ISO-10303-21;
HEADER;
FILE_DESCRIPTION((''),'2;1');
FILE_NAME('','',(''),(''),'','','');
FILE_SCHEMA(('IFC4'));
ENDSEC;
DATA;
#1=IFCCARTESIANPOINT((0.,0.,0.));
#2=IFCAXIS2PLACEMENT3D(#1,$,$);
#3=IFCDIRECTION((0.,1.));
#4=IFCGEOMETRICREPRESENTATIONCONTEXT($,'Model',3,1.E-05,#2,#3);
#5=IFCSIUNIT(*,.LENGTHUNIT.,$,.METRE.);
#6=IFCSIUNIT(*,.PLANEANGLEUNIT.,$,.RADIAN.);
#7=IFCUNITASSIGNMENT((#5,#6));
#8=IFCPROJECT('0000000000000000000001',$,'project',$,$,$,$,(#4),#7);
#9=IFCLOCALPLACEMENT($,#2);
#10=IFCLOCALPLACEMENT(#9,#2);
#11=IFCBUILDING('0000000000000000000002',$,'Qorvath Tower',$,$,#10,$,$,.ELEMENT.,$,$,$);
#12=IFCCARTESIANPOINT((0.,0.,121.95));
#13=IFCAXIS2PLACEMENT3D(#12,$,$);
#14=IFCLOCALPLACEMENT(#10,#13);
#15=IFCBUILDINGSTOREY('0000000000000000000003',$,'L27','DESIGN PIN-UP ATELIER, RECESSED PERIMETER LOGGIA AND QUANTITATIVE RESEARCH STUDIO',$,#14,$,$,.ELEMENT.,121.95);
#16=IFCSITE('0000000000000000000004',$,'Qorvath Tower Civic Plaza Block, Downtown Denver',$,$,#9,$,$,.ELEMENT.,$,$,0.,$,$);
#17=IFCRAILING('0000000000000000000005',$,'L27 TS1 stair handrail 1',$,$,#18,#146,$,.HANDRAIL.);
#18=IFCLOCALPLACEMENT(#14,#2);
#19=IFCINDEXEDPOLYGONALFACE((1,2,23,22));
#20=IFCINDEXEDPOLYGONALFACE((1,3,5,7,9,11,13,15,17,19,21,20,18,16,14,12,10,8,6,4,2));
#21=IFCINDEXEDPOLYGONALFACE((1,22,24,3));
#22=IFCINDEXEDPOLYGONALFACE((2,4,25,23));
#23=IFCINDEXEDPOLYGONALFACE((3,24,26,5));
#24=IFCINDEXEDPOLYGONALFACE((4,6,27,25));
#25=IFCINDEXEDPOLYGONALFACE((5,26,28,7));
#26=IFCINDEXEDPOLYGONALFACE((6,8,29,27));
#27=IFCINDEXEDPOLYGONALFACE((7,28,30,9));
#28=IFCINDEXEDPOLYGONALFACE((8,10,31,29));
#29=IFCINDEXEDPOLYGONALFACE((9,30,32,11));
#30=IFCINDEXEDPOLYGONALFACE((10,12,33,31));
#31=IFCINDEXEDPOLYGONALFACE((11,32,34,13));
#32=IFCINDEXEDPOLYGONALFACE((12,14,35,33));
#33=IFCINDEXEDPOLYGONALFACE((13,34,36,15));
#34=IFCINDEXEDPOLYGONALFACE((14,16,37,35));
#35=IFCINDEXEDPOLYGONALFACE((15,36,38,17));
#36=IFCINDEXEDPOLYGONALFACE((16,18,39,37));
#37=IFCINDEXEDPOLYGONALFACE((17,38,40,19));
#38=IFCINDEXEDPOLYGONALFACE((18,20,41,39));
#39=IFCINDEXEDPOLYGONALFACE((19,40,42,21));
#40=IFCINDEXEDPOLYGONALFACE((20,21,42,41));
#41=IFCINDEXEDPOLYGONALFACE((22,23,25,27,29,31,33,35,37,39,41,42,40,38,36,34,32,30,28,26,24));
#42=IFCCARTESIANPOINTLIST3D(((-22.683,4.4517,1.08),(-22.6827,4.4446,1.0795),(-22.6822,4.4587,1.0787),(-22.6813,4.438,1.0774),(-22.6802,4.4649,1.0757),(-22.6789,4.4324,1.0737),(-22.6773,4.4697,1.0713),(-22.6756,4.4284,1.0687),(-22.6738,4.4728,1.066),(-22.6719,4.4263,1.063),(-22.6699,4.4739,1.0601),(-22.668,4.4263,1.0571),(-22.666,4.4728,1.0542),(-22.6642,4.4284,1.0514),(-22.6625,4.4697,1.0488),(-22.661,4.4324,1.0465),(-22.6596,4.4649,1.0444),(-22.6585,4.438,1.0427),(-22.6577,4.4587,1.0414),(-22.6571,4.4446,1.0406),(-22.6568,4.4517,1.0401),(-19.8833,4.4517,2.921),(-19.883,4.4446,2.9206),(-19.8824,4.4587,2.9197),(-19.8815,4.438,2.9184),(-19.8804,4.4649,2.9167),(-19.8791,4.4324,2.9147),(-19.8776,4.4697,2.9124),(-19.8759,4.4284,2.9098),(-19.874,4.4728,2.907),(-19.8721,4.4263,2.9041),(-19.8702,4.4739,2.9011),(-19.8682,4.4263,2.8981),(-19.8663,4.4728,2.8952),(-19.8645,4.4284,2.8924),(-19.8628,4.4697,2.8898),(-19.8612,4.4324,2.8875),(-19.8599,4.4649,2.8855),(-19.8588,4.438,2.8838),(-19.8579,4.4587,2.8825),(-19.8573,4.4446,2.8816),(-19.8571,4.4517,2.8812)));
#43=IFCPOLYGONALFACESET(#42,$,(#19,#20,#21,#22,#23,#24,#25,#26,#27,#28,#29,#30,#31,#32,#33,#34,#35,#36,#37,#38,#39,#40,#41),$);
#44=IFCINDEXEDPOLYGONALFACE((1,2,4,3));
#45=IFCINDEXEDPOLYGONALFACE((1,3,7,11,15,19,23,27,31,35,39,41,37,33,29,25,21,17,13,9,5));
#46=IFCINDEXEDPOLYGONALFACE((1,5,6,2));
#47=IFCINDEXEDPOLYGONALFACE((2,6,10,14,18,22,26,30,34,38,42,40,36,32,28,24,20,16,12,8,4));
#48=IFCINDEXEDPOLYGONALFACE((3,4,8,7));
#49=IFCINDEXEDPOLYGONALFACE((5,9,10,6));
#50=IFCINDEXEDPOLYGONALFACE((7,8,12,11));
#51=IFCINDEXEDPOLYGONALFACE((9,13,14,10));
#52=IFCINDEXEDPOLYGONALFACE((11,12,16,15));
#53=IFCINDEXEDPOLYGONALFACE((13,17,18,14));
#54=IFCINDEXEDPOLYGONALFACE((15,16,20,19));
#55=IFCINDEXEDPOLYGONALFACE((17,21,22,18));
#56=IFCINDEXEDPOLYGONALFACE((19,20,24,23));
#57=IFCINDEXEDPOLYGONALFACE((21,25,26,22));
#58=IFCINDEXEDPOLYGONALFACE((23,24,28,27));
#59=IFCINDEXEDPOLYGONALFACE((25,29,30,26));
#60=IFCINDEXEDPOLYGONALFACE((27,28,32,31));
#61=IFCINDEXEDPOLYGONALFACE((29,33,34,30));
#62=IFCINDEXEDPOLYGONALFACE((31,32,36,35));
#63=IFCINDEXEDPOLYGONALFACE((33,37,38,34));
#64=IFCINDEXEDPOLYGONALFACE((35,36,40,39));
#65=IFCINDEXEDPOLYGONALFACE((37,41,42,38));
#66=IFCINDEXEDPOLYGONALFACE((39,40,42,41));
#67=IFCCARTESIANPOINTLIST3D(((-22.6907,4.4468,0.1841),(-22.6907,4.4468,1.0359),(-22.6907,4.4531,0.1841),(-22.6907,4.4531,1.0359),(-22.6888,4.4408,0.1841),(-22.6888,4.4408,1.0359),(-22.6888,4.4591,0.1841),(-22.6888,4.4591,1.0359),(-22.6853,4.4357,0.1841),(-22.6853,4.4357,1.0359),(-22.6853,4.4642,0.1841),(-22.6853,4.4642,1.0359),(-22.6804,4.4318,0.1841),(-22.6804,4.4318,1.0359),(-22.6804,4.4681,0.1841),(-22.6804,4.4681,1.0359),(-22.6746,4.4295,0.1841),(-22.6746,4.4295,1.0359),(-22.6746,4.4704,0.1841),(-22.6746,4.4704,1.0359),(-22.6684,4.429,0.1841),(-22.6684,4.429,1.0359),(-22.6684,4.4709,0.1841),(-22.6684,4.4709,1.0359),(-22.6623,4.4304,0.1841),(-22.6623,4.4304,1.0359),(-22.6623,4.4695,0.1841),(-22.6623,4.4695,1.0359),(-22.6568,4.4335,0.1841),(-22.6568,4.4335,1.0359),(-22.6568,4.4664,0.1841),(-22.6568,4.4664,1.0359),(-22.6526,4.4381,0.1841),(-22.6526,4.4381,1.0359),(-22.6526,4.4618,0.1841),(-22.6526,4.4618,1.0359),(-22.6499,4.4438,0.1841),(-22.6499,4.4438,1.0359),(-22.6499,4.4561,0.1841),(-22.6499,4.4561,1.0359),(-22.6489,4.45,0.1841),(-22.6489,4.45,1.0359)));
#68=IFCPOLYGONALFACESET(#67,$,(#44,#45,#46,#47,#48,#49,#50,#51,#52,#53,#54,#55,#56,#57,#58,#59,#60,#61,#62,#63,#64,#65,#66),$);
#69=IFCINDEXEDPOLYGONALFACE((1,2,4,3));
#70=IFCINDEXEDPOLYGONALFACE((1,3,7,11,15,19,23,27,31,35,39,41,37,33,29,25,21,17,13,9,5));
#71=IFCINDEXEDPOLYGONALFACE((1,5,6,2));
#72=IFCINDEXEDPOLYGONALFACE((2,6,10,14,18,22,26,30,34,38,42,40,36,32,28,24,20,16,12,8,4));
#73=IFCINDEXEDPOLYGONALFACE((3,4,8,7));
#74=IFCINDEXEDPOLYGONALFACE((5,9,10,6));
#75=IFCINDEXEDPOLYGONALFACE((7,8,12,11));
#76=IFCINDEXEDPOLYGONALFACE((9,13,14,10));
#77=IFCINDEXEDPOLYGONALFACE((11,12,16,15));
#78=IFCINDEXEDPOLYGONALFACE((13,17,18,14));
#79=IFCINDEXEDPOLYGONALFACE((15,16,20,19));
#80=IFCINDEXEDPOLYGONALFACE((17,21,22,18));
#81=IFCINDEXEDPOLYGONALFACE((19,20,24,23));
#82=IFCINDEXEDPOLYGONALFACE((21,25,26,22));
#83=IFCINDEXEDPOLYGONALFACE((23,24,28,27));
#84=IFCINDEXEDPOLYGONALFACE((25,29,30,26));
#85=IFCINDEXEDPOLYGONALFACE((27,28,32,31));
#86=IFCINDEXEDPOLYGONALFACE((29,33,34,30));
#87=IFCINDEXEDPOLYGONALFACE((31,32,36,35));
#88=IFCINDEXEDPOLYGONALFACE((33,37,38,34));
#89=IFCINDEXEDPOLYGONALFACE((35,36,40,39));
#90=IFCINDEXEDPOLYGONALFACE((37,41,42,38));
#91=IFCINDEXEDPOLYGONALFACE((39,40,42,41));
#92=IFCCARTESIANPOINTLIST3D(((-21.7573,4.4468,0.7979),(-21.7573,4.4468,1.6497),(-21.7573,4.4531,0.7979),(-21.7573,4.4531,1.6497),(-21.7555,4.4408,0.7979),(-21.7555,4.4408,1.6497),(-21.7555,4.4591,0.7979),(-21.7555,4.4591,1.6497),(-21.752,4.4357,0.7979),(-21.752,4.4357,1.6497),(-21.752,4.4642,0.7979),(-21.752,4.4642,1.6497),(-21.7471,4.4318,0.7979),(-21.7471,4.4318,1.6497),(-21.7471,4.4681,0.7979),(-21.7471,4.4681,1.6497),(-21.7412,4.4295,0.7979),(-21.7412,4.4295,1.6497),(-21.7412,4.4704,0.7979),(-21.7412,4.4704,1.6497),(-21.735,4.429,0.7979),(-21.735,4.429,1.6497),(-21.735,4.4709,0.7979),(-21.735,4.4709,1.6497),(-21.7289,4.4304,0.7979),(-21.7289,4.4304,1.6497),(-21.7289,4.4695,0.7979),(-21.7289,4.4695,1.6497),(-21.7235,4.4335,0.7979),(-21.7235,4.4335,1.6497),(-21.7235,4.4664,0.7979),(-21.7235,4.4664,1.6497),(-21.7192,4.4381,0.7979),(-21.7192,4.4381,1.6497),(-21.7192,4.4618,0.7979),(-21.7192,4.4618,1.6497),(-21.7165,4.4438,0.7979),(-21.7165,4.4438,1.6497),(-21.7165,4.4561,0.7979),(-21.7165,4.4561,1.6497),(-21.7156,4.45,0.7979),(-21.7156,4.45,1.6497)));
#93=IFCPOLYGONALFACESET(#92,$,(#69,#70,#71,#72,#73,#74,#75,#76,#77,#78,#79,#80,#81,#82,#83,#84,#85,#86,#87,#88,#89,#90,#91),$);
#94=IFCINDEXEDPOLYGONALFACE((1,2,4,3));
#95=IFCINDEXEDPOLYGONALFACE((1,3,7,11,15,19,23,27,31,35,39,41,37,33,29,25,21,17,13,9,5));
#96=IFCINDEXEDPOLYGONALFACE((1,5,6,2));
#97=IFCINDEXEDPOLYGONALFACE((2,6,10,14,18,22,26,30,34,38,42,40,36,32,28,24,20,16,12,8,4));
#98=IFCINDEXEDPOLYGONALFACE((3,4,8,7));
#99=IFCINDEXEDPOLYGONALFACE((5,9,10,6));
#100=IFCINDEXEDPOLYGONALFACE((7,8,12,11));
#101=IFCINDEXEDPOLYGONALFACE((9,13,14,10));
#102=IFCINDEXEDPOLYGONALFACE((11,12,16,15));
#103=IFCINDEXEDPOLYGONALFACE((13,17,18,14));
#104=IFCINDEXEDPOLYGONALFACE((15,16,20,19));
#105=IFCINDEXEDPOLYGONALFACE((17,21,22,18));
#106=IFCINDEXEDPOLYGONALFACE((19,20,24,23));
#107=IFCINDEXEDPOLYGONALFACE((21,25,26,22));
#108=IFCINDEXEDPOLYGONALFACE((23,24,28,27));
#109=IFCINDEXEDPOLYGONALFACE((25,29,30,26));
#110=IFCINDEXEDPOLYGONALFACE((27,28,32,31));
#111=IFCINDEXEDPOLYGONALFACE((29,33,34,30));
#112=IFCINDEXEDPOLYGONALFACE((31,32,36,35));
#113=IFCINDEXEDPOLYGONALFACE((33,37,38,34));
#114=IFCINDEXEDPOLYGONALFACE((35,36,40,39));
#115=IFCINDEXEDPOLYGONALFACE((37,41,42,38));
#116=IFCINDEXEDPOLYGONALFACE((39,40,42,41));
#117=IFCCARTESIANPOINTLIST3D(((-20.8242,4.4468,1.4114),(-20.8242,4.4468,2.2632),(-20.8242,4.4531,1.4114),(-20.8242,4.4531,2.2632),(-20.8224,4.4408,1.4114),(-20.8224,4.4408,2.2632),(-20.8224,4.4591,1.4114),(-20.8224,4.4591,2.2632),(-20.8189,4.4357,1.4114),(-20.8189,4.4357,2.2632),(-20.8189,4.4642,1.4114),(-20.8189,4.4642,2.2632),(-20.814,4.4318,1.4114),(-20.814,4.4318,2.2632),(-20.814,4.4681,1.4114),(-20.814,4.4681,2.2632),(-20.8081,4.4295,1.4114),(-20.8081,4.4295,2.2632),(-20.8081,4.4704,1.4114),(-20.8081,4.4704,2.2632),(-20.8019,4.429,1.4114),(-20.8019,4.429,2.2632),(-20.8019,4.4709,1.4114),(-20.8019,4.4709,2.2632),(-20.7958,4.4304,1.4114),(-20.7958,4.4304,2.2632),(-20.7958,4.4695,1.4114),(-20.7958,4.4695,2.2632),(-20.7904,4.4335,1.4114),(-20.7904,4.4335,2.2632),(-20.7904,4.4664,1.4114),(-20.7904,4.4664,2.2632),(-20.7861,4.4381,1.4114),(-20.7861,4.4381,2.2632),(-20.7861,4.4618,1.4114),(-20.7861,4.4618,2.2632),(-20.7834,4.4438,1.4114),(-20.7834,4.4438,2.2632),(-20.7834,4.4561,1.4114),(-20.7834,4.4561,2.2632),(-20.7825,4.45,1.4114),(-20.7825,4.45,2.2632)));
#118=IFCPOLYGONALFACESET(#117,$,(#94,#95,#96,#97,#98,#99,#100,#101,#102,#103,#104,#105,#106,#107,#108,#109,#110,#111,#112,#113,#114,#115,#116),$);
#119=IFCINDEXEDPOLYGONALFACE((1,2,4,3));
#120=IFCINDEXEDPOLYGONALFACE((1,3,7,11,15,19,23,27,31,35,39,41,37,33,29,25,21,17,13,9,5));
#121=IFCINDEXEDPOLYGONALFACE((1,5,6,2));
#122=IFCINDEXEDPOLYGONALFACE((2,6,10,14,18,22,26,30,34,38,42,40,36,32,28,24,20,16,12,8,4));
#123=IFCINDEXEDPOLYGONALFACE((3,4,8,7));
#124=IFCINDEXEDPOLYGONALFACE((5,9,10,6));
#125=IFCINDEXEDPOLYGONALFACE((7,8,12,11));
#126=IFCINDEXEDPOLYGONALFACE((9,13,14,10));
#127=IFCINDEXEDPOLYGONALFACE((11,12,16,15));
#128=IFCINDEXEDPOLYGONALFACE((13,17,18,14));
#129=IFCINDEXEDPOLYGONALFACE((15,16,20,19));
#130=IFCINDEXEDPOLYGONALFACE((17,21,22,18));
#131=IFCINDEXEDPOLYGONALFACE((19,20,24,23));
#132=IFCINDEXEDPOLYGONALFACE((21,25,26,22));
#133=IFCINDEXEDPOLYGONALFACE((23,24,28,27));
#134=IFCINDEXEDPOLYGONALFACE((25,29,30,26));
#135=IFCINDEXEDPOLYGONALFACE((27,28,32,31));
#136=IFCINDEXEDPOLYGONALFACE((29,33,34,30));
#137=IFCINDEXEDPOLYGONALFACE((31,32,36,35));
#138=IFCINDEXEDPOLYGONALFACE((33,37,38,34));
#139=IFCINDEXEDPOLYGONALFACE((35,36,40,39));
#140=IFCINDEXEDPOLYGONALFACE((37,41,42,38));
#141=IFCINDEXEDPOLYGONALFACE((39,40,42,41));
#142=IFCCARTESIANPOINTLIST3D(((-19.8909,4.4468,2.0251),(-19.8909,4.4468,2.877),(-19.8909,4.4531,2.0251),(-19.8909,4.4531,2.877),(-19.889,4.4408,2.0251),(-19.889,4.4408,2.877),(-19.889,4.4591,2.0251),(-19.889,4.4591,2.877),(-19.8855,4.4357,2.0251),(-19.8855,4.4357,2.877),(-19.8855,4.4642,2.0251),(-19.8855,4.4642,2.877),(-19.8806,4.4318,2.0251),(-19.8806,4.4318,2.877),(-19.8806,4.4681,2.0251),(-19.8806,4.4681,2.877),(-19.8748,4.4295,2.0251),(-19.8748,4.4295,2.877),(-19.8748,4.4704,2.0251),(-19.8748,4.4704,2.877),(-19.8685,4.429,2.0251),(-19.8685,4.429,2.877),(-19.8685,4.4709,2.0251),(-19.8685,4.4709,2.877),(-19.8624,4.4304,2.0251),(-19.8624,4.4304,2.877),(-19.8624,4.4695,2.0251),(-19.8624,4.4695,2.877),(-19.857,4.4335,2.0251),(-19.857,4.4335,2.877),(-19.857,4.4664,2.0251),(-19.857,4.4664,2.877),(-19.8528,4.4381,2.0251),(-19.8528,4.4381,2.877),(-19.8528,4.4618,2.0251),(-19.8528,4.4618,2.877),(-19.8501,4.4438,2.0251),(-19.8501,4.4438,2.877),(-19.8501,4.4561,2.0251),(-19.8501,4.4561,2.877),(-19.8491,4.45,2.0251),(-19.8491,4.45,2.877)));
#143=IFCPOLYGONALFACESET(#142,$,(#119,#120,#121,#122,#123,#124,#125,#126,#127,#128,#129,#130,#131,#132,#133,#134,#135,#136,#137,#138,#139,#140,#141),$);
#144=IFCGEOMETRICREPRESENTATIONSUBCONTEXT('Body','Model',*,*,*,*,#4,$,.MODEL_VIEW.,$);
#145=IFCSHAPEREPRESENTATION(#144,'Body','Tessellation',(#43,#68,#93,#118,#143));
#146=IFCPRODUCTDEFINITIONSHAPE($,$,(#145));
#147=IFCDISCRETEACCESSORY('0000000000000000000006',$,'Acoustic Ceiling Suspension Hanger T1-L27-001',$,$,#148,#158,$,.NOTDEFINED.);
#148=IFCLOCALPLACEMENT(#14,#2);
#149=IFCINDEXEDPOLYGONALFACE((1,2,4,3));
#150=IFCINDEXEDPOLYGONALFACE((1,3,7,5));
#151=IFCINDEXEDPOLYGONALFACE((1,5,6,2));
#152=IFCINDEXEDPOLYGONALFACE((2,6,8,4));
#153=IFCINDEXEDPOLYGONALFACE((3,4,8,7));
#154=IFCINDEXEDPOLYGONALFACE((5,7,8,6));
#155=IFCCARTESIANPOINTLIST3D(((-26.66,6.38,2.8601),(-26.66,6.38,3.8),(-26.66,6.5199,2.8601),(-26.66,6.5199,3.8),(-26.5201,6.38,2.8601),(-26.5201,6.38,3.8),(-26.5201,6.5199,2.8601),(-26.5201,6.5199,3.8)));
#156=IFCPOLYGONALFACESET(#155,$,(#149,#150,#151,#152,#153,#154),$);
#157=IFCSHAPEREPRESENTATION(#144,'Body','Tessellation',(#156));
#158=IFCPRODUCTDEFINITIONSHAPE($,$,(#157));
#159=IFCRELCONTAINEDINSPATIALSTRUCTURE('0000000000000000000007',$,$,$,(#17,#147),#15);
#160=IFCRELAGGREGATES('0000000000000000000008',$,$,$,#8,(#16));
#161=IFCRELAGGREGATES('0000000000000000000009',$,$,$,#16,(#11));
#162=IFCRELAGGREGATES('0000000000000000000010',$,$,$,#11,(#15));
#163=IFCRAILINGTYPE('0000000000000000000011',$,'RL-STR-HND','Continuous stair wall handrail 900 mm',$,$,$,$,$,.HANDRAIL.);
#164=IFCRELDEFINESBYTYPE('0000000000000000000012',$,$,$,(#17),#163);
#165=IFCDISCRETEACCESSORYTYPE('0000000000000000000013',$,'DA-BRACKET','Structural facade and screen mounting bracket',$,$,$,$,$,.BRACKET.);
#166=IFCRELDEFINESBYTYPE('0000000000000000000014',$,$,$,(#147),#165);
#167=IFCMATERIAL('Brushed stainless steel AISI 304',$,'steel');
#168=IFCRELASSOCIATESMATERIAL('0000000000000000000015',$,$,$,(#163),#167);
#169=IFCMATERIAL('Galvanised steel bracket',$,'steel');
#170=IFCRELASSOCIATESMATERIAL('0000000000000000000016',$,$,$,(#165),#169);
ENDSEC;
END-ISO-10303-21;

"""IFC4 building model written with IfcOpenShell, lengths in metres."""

from ifc_helpers import new_model, si_unit, direction, frame, origin, origin_2d, place, context, subcontext, project, spatial, rectangle, circle, extrude, material, type_object, element, save


model = new_model("IFC4")

# Units and contexts
model_context = context("Model", 3, precision=1e-05, world=origin(), true_north=direction((0.0, 1.0)))
body_context = subcontext(model_context, "Body", "Model", "MODEL_VIEW")
ifc_project = project(units=[si_unit("LENGTHUNIT", "METRE"), si_unit("PLANEANGLEUNIT", "RADIAN")], contexts=[model_context])

# Site, building, storey
site_placement = place(None, origin())
site = spatial("IfcSite", under=ifc_project, at=site_placement, Name="Qorvath Tower Civic Plaza Block, Downtown Denver", CompositionType="ELEMENT", RefElevation=0.0)
building_placement = place(site_placement, origin())
building = spatial("IfcBuilding", under=site, at=building_placement, Name="Qorvath Tower", CompositionType="ELEMENT")
storey_placement = place(building_placement, frame((0.0, 0.0, 121.95)))
storey = spatial("IfcBuildingStorey", under=building, at=storey_placement, Name="L27", Description="DESIGN PIN-UP ATELIER, RECESSED PERIMETER LOGGIA AND QUANTITATIVE RESEARCH STUDIO", CompositionType="ELEMENT", Elevation=121.95)

# Railing
ifc_material_1 = material(Name="Brushed stainless steel AISI 304", Category="steel")
railing_type_1 = type_object("IfcRailingType", Name="RL-STR-HND", Description="Continuous stair wall handrail 900 mm", PredefinedType="HANDRAIL", material=ifc_material_1)
railing_1_placement = place(storey_placement, frame((-22.6699, 4.45, 0.1841)))
element("IfcRailing", 1, at=railing_1_placement, inside=storey, type_object=railing_type_1, Name="L27 TS1 stair handrail 1", PredefinedType="HANDRAIL", context=body_context, shape_type="SweptSolid", body=[
    extrude(circle(Radius=0.0239, at=origin_2d()), frame((0.0, 0.0, 0.876), z_axis=(0.835542, 0.0, 0.549426), x_axis=(0.0, 1.0, 0.0)), (0.0, 0.0, 1.0), 3.3508),
    extrude(circle(Radius=0.021, at=origin_2d()), origin(), (0.0, 0.0, 1.0), 0.8518),
    extrude(circle(Radius=0.021, at=origin_2d()), frame((0.9333, 0.0, 0.6138)), (0.0, 0.0, 1.0), 0.8518),
    extrude(circle(Radius=0.021, at=origin_2d()), frame((1.8665, 0.0, 1.2273)), (0.0, 0.0, 1.0), 0.8518),
    extrude(circle(Radius=0.021, at=origin_2d()), frame((2.7998, 0.0, 1.8411)), (0.0, 0.0, 1.0), 0.8518),
])

# Discrete accessory
ifc_material_2 = material(Name="Galvanised steel bracket", Category="steel")
discrete_accessory_type = type_object("IfcDiscreteAccessoryType", Name="DA-BRACKET", Description="Structural facade and screen mounting bracket", PredefinedType="BRACKET", material=ifc_material_2)
discrete_accessory_placement = place(storey_placement, frame((-26.5901, 6.45, 2.8601), z_axis=(0.0, 0.0, 1.0), x_axis=(1.0, 0.0, 0.0)))
element("IfcDiscreteAccessory", 2, at=discrete_accessory_placement, inside=storey, type_object=discrete_accessory_type, Name="Acoustic Ceiling Suspension Hanger T1-L27-001", PredefinedType="NOTDEFINED", context=body_context, shape_type="SweptSolid", body=[
    extrude(rectangle(XDim=0.1399, YDim=0.1399, at=origin_2d()), origin(), (0.0, 0.0, 1.0), 0.9399),
])

save(model, "model.ifc")
